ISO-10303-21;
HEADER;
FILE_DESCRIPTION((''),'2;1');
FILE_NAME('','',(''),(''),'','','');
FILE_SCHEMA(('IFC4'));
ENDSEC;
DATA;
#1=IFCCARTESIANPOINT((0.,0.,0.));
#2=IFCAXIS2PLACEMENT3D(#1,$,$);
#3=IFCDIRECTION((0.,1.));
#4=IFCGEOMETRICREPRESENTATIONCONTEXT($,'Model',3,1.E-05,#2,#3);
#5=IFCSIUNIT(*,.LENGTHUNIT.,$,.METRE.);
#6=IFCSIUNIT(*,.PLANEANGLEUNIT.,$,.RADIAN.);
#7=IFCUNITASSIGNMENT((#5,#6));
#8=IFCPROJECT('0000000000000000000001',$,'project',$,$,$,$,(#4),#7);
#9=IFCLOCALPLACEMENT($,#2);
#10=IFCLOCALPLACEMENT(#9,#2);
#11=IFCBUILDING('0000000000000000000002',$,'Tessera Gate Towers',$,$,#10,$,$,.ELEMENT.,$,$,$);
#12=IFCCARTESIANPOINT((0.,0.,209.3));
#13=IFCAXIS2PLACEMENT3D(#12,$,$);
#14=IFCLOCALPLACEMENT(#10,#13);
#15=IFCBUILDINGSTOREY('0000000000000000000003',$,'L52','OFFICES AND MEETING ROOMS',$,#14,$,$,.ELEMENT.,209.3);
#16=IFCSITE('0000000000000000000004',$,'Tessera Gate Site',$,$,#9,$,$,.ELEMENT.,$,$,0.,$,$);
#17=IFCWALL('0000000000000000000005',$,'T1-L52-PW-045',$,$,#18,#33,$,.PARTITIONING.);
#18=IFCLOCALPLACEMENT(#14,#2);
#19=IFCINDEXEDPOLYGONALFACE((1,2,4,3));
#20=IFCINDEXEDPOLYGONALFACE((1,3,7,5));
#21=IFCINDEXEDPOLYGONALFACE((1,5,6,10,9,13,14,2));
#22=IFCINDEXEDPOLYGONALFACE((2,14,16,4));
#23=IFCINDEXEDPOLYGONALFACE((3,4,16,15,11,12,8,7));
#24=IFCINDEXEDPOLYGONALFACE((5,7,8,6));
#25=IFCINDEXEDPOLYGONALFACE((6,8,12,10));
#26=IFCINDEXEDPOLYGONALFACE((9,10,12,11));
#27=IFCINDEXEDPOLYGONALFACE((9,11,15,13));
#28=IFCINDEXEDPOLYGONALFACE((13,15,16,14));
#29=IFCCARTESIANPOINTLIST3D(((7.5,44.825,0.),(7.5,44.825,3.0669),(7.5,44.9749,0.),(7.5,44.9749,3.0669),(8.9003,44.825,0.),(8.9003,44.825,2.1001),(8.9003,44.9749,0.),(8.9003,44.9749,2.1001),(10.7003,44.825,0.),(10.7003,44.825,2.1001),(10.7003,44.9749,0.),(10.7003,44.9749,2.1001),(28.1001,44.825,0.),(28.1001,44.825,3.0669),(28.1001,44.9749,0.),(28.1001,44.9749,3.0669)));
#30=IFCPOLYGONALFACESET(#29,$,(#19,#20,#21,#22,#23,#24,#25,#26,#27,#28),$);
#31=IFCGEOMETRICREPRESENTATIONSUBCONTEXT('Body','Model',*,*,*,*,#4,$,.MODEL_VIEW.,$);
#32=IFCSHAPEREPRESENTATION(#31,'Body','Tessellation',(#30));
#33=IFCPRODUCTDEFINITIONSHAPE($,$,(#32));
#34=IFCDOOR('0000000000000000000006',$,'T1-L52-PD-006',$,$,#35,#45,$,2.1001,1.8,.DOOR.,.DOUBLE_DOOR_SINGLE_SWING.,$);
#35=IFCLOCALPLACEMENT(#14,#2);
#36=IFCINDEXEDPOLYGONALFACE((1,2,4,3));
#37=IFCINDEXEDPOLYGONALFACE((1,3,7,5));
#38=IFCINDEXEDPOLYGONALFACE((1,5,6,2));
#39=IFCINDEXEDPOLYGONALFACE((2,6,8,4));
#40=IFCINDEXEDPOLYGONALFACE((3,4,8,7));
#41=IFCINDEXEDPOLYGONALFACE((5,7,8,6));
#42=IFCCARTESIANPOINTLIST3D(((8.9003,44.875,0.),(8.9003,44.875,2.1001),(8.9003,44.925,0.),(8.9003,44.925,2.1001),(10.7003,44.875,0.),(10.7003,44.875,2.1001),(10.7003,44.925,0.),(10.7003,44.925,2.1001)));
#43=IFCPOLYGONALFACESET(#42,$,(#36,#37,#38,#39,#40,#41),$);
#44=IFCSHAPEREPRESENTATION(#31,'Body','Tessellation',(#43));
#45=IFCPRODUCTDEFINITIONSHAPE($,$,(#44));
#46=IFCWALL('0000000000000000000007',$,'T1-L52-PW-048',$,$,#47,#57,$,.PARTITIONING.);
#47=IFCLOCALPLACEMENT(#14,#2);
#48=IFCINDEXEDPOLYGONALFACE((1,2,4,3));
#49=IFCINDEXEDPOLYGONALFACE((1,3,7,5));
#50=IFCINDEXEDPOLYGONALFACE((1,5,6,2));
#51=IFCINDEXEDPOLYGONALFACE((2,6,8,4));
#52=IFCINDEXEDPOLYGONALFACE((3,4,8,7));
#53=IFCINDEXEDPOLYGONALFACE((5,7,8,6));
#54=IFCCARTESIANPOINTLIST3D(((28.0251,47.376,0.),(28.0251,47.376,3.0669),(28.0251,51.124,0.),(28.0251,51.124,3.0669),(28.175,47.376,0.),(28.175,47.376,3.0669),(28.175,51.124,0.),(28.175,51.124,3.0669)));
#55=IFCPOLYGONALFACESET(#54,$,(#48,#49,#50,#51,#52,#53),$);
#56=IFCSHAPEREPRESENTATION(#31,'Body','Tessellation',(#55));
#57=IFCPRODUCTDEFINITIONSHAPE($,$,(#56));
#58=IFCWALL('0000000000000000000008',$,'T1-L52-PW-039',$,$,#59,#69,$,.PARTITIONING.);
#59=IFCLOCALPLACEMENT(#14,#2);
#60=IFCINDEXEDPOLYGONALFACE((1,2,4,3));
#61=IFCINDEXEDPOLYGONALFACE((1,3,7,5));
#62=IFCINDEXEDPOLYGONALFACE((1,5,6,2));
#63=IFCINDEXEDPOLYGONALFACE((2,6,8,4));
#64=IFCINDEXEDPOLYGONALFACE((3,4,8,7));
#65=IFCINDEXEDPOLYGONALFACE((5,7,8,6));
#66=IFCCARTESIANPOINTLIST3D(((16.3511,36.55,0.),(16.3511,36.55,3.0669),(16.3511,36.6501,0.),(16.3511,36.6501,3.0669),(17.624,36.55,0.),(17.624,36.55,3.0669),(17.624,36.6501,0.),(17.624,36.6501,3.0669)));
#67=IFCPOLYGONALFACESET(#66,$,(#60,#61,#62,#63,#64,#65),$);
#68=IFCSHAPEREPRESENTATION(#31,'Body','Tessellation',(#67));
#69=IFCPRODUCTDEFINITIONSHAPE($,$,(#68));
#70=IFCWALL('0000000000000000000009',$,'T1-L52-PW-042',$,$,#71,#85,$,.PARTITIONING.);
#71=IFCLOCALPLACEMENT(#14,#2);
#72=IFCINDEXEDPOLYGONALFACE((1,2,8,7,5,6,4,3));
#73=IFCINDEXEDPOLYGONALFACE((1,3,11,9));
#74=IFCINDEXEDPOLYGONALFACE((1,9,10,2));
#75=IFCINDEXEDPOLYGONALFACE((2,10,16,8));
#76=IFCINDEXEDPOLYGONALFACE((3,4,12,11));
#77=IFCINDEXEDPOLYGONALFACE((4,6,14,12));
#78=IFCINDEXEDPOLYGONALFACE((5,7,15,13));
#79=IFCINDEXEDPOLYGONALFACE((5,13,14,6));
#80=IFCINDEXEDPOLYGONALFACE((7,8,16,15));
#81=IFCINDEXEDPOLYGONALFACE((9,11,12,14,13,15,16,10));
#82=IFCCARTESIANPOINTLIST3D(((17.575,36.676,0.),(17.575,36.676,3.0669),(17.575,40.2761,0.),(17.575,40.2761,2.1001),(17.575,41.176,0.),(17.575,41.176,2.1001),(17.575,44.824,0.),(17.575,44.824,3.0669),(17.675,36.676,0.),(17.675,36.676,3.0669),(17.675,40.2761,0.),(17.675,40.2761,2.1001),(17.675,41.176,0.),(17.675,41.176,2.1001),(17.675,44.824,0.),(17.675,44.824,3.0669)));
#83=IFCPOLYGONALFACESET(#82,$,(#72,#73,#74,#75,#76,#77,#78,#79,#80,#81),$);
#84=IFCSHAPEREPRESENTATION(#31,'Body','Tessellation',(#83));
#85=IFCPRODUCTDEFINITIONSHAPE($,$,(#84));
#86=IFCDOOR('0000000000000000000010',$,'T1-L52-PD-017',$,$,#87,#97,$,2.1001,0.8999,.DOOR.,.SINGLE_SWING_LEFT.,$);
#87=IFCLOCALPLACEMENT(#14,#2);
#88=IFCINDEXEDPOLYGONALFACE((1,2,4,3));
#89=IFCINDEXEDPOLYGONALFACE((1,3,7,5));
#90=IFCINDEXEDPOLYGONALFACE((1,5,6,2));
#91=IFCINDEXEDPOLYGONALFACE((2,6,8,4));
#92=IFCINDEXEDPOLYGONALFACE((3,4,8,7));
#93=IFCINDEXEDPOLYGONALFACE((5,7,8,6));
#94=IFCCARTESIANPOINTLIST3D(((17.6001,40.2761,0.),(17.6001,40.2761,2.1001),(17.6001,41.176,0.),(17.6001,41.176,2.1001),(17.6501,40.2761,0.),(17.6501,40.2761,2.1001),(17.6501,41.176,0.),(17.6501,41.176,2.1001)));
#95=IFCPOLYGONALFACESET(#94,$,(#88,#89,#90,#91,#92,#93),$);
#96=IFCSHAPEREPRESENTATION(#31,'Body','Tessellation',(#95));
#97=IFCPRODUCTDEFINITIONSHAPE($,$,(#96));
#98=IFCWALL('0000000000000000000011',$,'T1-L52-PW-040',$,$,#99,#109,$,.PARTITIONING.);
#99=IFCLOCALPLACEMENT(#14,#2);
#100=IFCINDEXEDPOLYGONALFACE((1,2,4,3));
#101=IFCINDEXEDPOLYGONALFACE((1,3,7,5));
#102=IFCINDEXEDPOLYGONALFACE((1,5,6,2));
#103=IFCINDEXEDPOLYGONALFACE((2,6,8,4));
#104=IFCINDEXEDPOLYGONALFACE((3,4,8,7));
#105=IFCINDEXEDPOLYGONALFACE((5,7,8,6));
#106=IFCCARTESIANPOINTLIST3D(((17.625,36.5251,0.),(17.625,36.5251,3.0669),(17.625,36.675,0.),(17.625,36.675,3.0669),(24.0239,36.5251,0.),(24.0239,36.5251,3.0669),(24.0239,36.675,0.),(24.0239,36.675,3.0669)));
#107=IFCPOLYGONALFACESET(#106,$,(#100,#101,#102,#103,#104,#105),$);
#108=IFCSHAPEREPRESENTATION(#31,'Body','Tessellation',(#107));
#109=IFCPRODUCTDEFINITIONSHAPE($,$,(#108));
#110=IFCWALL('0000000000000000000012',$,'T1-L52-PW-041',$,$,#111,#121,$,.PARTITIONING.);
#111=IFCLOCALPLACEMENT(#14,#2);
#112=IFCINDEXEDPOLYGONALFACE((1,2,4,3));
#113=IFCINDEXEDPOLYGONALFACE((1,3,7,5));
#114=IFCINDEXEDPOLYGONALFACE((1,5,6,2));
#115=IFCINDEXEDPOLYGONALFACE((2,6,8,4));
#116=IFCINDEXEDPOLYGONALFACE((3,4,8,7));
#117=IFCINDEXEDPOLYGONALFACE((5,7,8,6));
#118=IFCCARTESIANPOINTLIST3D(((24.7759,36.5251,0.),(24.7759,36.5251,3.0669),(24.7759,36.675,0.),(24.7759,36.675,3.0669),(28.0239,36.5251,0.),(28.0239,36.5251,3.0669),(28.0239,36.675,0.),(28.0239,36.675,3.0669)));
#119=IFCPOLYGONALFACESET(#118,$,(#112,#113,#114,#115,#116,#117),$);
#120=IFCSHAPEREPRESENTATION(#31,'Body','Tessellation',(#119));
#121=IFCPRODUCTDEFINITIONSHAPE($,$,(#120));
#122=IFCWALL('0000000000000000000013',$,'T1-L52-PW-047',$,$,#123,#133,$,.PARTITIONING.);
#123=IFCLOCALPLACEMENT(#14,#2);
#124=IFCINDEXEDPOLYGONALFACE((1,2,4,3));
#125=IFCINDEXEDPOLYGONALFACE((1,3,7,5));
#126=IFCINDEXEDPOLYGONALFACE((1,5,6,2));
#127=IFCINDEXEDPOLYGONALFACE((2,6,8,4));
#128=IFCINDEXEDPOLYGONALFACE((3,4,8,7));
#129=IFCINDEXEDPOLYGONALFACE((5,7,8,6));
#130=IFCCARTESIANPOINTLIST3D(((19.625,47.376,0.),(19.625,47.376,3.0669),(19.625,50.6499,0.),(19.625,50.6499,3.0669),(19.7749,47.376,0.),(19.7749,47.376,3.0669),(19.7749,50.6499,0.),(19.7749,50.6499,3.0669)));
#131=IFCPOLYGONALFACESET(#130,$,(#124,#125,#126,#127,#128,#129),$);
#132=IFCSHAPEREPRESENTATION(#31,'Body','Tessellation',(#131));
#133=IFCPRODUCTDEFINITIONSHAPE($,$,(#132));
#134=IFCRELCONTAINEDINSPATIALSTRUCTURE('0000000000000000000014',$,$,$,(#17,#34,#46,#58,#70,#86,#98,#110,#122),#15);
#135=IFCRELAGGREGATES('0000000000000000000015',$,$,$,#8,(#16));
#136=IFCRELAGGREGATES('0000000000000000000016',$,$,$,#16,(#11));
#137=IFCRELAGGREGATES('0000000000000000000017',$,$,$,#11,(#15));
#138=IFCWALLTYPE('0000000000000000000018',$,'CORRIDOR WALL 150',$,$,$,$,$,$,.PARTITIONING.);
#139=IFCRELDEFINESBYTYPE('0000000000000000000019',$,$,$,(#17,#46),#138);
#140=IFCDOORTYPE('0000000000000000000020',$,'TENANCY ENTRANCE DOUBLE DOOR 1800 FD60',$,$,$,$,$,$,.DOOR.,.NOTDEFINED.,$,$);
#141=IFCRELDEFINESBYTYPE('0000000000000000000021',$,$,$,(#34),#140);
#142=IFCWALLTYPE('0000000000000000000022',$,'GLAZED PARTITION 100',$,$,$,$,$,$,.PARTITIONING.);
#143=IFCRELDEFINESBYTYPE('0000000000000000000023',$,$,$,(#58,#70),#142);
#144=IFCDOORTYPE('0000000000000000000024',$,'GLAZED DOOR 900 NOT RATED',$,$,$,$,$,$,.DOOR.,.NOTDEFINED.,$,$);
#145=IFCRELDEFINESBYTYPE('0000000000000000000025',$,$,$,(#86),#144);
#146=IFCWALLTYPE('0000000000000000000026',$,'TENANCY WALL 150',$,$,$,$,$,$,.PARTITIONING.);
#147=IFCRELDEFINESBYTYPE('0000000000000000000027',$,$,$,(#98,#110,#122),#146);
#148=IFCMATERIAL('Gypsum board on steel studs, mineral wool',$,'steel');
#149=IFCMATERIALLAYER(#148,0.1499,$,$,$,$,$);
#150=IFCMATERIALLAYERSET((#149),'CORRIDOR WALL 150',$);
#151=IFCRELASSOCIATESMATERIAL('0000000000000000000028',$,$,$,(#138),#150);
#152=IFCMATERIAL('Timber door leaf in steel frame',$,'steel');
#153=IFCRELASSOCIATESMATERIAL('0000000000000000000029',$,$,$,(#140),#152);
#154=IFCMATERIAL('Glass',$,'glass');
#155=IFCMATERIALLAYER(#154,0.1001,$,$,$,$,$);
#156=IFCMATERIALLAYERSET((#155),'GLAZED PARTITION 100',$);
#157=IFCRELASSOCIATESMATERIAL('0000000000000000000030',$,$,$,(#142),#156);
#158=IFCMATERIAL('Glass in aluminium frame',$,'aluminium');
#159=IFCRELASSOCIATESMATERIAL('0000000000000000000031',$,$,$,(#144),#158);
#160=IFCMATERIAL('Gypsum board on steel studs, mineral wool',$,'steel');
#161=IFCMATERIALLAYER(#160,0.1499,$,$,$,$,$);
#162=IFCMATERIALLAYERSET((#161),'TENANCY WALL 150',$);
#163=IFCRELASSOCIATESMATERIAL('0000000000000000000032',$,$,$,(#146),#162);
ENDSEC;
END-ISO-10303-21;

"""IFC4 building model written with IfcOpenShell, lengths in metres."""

from ifc_helpers import new_model, si_unit, direction, frame, frame_2d, origin, place, context, subcontext, project, spatial, rectangle, extrude, source, transform, mapped, material, layer, layer_set, type_object, element, fill, save


model = new_model("IFC4")

# Units and contexts
model_context = context("Model", 3, precision=1e-05, world=origin(), true_north=direction((0.0, 1.0)))
body_context = subcontext(model_context, "Body", "Model", "MODEL_VIEW")
ifc_project = project(units=[si_unit("LENGTHUNIT", "METRE"), si_unit("PLANEANGLEUNIT", "RADIAN")], contexts=[model_context])

# Site, building, storey
site_placement = place(None, origin())
site = spatial("IfcSite", under=ifc_project, at=site_placement, Name="Tessera Gate Site", CompositionType="ELEMENT", RefElevation=0.0)
building_placement = place(site_placement, origin())
building = spatial("IfcBuilding", under=site, at=building_placement, Name="Tessera Gate Towers", CompositionType="ELEMENT")
storey_placement = place(building_placement, frame((0.0, 0.0, 209.3)))
storey = spatial("IfcBuildingStorey", under=building, at=storey_placement, Name="L52", Description="OFFICES AND MEETING ROOMS", CompositionType="ELEMENT", Elevation=209.3)

# Shared definitions
shared_shape_1 = source(origin(), body_context, "Body", "SweptSolid", [
    extrude(rectangle(XDim=0.8999, YDim=2.1001, at=frame_2d((0.45, 1.05))), frame((0.0, 0.0249, 0.0), z_axis=(0.0, -1.0, 0.0), x_axis=(1.0, 0.0, 0.0)), (0.0, 0.0, 1.0), 0.05),
])

# Wall, opening, door
ifc_material_1 = material(Name="Gypsum board on steel studs, mineral wool", Category="steel")
ifc_layer_1 = layer(ifc_material_1, 0.1499)
ifc_layer_set_1 = layer_set([ifc_layer_1], Name="CORRIDOR WALL 150")
wall_type_1 = type_object("IfcWallType", Name="CORRIDOR WALL 150", PredefinedType="PARTITIONING", material=ifc_layer_set_1)
wall_1_placement = place(storey_placement, frame((28.1001, 44.8999, 0.0), z_axis=(0.0, 0.0, 1.0), x_axis=(-1.0, 0.0, 0.0)))
wall_1 = element("IfcWall", 1, at=wall_1_placement, inside=storey, type_object=wall_type_1, Name="T1-L52-PW-045", PredefinedType="PARTITIONING", context=body_context, shape_type="SweptSolid", body=[
    extrude(rectangle(XDim=20.6001, YDim=0.1499, at=frame_2d((10.3, 0.0))), origin(), (0.0, 0.0, 1.0), 3.0669),
])
shared_shape_2 = source(origin(), body_context, "Body", "SweptSolid", [
    extrude(rectangle(XDim=1.8, YDim=2.1001, at=frame_2d((0.8999, 1.05))), frame((0.0, 0.085, 0.0), z_axis=(0.0, -1.0, 0.0), x_axis=(1.0, 0.0, 0.0)), (0.0, 0.0, 1.0), 0.1699),
])
opening_1_placement = place(wall_1_placement, frame((17.3999, 0.0, 0.0)))
opening_1 = element("IfcOpeningElement", 2, at=opening_1_placement, cuts=wall_1, PredefinedType="OPENING", context=body_context, shape_type="MappedRepresentation", body=[
    mapped(shared_shape_2, transform((0.0, 0.0, 0.0), scale=1.0)),
])
ifc_material_2 = material(Name="Timber door leaf in steel frame", Category="steel")
door_type_1 = type_object("IfcDoorType", Name="TENANCY ENTRANCE DOUBLE DOOR 1800 FD60", OperationType="NOTDEFINED", PredefinedType="DOOR", material=ifc_material_2)
shared_shape_3 = source(origin(), body_context, "Body", "SweptSolid", [
    extrude(rectangle(XDim=1.8, YDim=2.1001, at=frame_2d((0.8999, 1.05))), frame((0.0, 0.0249, 0.0), z_axis=(0.0, -1.0, 0.0), x_axis=(1.0, 0.0, 0.0)), (0.0, 0.0, 1.0), 0.05),
])
door_1_placement = place(opening_1_placement, origin())
door_1 = element("IfcDoor", 3, at=door_1_placement, inside=storey, type_object=door_type_1, Name="T1-L52-PD-006", OperationType="DOUBLE_DOOR_SINGLE_SWING", OverallHeight=2.1001, OverallWidth=1.8, PredefinedType="DOOR", context=body_context, shape_type="MappedRepresentation", body=[
    mapped(shared_shape_3, transform((0.0, 0.0, 0.0), scale=1.0)),
])
fill(opening_1, door_1)

# Walls
wall_2_placement = place(storey_placement, frame((28.1001, 47.376, 0.0), z_axis=(0.0, 0.0, 1.0), x_axis=(0.0, 1.0, 0.0)))
element("IfcWall", 4, at=wall_2_placement, inside=storey, type_object=wall_type_1, Name="T1-L52-PW-048", PredefinedType="PARTITIONING", context=body_context, shape_type="SweptSolid", body=[
    extrude(rectangle(XDim=3.748, YDim=0.1499, at=frame_2d((1.874, 0.0))), origin(), (0.0, 0.0, 1.0), 3.0669),
])
ifc_material_3 = material(Name="Glass", Category="glass")
ifc_layer_2 = layer(ifc_material_3, 0.1001)
ifc_layer_set_2 = layer_set([ifc_layer_2], Name="GLAZED PARTITION 100")
wall_type_2 = type_object("IfcWallType", Name="GLAZED PARTITION 100", PredefinedType="PARTITIONING", material=ifc_layer_set_2)
wall_3_placement = place(storey_placement, frame((16.3511, 36.6001, 0.0), z_axis=(0.0, 0.0, 1.0), x_axis=(1.0, 0.0, 0.0)))
element("IfcWall", 5, at=wall_3_placement, inside=storey, type_object=wall_type_2, Name="T1-L52-PW-039", PredefinedType="PARTITIONING", context=body_context, shape_type="SweptSolid", body=[
    extrude(rectangle(XDim=1.2729, YDim=0.1001, at=frame_2d((0.6365, 0.0))), origin(), (0.0, 0.0, 1.0), 3.0669),
])

# Wall, opening, door
wall_4_placement = place(storey_placement, frame((17.625, 36.676, 0.0), z_axis=(0.0, 0.0, 1.0), x_axis=(0.0, 1.0, 0.0)))
wall_4 = element("IfcWall", 6, at=wall_4_placement, inside=storey, type_object=wall_type_2, Name="T1-L52-PW-042", PredefinedType="PARTITIONING", context=body_context, shape_type="SweptSolid", body=[
    extrude(rectangle(XDim=8.1479, YDim=0.1001, at=frame_2d((4.074, 0.0))), origin(), (0.0, 0.0, 1.0), 3.0669),
])
shared_shape_4 = source(origin(), body_context, "Body", "SweptSolid", [
    extrude(rectangle(XDim=0.8999, YDim=2.1001, at=frame_2d((0.45, 1.05))), frame((0.0, 0.0601, 0.0), z_axis=(0.0, -1.0, 0.0), x_axis=(1.0, 0.0, 0.0)), (0.0, 0.0, 1.0), 0.1201),
])
opening_2_placement = place(wall_4_placement, frame((3.6001, 0.0, 0.0)))
opening_2 = element("IfcOpeningElement", 7, at=opening_2_placement, cuts=wall_4, PredefinedType="OPENING", context=body_context, shape_type="MappedRepresentation", body=[
    mapped(shared_shape_4, transform((0.0, 0.0, 0.0), scale=1.0)),
])
ifc_material_4 = material(Name="Glass in aluminium frame", Category="aluminium")
door_type_2 = type_object("IfcDoorType", Name="GLAZED DOOR 900 NOT RATED", OperationType="NOTDEFINED", PredefinedType="DOOR", material=ifc_material_4)
door_2_placement = place(opening_2_placement, origin())
door_2 = element("IfcDoor", 8, at=door_2_placement, inside=storey, type_object=door_type_2, Name="T1-L52-PD-017", OperationType="SINGLE_SWING_LEFT", OverallHeight=2.1001, OverallWidth=0.8999, PredefinedType="DOOR", context=body_context, shape_type="MappedRepresentation", body=[
    mapped(shared_shape_1, transform((0.0, 0.0, 0.0), scale=1.0)),
])
fill(opening_2, door_2)

# Walls
ifc_material_5 = material(Name="Gypsum board on steel studs, mineral wool", Category="steel")
ifc_layer_3 = layer(ifc_material_5, 0.1499)
ifc_layer_set_3 = layer_set([ifc_layer_3], Name="TENANCY WALL 150")
wall_type_3 = type_object("IfcWallType", Name="TENANCY WALL 150", PredefinedType="PARTITIONING", material=ifc_layer_set_3)
wall_5_placement = place(storey_placement, frame((17.625, 36.6001, 0.0), z_axis=(0.0, 0.0, 1.0), x_axis=(1.0, 0.0, 0.0)))
element("IfcWall", 9, at=wall_5_placement, inside=storey, type_object=wall_type_3, Name="T1-L52-PW-040", PredefinedType="PARTITIONING", context=body_context, shape_type="SweptSolid", body=[
    extrude(rectangle(XDim=6.3989, YDim=0.1499, at=frame_2d((3.1995, 0.0))), origin(), (0.0, 0.0, 1.0), 3.0669),
])
wall_6_placement = place(storey_placement, frame((24.7759, 36.6001, 0.0), z_axis=(0.0, 0.0, 1.0), x_axis=(1.0, 0.0, 0.0)))
element("IfcWall", 10, at=wall_6_placement, inside=storey, type_object=wall_type_3, Name="T1-L52-PW-041", PredefinedType="PARTITIONING", context=body_context, shape_type="SweptSolid", body=[
    extrude(rectangle(XDim=3.248, YDim=0.1499, at=frame_2d((1.624, 0.0))), origin(), (0.0, 0.0, 1.0), 3.0669),
])
wall_7_placement = place(storey_placement, frame((19.7, 47.376, 0.0), z_axis=(0.0, 0.0, 1.0), x_axis=(0.0, 1.0, 0.0)))
element("IfcWall", 11, at=wall_7_placement, inside=storey, type_object=wall_type_3, Name="T1-L52-PW-047", PredefinedType="PARTITIONING", context=body_context, shape_type="SweptSolid", body=[
    extrude(rectangle(XDim=3.2739, YDim=0.1499, at=frame_2d((1.637, 0.0))), origin(), (0.0, 0.0, 1.0), 3.0669),
])

save(model, "model.ifc")
